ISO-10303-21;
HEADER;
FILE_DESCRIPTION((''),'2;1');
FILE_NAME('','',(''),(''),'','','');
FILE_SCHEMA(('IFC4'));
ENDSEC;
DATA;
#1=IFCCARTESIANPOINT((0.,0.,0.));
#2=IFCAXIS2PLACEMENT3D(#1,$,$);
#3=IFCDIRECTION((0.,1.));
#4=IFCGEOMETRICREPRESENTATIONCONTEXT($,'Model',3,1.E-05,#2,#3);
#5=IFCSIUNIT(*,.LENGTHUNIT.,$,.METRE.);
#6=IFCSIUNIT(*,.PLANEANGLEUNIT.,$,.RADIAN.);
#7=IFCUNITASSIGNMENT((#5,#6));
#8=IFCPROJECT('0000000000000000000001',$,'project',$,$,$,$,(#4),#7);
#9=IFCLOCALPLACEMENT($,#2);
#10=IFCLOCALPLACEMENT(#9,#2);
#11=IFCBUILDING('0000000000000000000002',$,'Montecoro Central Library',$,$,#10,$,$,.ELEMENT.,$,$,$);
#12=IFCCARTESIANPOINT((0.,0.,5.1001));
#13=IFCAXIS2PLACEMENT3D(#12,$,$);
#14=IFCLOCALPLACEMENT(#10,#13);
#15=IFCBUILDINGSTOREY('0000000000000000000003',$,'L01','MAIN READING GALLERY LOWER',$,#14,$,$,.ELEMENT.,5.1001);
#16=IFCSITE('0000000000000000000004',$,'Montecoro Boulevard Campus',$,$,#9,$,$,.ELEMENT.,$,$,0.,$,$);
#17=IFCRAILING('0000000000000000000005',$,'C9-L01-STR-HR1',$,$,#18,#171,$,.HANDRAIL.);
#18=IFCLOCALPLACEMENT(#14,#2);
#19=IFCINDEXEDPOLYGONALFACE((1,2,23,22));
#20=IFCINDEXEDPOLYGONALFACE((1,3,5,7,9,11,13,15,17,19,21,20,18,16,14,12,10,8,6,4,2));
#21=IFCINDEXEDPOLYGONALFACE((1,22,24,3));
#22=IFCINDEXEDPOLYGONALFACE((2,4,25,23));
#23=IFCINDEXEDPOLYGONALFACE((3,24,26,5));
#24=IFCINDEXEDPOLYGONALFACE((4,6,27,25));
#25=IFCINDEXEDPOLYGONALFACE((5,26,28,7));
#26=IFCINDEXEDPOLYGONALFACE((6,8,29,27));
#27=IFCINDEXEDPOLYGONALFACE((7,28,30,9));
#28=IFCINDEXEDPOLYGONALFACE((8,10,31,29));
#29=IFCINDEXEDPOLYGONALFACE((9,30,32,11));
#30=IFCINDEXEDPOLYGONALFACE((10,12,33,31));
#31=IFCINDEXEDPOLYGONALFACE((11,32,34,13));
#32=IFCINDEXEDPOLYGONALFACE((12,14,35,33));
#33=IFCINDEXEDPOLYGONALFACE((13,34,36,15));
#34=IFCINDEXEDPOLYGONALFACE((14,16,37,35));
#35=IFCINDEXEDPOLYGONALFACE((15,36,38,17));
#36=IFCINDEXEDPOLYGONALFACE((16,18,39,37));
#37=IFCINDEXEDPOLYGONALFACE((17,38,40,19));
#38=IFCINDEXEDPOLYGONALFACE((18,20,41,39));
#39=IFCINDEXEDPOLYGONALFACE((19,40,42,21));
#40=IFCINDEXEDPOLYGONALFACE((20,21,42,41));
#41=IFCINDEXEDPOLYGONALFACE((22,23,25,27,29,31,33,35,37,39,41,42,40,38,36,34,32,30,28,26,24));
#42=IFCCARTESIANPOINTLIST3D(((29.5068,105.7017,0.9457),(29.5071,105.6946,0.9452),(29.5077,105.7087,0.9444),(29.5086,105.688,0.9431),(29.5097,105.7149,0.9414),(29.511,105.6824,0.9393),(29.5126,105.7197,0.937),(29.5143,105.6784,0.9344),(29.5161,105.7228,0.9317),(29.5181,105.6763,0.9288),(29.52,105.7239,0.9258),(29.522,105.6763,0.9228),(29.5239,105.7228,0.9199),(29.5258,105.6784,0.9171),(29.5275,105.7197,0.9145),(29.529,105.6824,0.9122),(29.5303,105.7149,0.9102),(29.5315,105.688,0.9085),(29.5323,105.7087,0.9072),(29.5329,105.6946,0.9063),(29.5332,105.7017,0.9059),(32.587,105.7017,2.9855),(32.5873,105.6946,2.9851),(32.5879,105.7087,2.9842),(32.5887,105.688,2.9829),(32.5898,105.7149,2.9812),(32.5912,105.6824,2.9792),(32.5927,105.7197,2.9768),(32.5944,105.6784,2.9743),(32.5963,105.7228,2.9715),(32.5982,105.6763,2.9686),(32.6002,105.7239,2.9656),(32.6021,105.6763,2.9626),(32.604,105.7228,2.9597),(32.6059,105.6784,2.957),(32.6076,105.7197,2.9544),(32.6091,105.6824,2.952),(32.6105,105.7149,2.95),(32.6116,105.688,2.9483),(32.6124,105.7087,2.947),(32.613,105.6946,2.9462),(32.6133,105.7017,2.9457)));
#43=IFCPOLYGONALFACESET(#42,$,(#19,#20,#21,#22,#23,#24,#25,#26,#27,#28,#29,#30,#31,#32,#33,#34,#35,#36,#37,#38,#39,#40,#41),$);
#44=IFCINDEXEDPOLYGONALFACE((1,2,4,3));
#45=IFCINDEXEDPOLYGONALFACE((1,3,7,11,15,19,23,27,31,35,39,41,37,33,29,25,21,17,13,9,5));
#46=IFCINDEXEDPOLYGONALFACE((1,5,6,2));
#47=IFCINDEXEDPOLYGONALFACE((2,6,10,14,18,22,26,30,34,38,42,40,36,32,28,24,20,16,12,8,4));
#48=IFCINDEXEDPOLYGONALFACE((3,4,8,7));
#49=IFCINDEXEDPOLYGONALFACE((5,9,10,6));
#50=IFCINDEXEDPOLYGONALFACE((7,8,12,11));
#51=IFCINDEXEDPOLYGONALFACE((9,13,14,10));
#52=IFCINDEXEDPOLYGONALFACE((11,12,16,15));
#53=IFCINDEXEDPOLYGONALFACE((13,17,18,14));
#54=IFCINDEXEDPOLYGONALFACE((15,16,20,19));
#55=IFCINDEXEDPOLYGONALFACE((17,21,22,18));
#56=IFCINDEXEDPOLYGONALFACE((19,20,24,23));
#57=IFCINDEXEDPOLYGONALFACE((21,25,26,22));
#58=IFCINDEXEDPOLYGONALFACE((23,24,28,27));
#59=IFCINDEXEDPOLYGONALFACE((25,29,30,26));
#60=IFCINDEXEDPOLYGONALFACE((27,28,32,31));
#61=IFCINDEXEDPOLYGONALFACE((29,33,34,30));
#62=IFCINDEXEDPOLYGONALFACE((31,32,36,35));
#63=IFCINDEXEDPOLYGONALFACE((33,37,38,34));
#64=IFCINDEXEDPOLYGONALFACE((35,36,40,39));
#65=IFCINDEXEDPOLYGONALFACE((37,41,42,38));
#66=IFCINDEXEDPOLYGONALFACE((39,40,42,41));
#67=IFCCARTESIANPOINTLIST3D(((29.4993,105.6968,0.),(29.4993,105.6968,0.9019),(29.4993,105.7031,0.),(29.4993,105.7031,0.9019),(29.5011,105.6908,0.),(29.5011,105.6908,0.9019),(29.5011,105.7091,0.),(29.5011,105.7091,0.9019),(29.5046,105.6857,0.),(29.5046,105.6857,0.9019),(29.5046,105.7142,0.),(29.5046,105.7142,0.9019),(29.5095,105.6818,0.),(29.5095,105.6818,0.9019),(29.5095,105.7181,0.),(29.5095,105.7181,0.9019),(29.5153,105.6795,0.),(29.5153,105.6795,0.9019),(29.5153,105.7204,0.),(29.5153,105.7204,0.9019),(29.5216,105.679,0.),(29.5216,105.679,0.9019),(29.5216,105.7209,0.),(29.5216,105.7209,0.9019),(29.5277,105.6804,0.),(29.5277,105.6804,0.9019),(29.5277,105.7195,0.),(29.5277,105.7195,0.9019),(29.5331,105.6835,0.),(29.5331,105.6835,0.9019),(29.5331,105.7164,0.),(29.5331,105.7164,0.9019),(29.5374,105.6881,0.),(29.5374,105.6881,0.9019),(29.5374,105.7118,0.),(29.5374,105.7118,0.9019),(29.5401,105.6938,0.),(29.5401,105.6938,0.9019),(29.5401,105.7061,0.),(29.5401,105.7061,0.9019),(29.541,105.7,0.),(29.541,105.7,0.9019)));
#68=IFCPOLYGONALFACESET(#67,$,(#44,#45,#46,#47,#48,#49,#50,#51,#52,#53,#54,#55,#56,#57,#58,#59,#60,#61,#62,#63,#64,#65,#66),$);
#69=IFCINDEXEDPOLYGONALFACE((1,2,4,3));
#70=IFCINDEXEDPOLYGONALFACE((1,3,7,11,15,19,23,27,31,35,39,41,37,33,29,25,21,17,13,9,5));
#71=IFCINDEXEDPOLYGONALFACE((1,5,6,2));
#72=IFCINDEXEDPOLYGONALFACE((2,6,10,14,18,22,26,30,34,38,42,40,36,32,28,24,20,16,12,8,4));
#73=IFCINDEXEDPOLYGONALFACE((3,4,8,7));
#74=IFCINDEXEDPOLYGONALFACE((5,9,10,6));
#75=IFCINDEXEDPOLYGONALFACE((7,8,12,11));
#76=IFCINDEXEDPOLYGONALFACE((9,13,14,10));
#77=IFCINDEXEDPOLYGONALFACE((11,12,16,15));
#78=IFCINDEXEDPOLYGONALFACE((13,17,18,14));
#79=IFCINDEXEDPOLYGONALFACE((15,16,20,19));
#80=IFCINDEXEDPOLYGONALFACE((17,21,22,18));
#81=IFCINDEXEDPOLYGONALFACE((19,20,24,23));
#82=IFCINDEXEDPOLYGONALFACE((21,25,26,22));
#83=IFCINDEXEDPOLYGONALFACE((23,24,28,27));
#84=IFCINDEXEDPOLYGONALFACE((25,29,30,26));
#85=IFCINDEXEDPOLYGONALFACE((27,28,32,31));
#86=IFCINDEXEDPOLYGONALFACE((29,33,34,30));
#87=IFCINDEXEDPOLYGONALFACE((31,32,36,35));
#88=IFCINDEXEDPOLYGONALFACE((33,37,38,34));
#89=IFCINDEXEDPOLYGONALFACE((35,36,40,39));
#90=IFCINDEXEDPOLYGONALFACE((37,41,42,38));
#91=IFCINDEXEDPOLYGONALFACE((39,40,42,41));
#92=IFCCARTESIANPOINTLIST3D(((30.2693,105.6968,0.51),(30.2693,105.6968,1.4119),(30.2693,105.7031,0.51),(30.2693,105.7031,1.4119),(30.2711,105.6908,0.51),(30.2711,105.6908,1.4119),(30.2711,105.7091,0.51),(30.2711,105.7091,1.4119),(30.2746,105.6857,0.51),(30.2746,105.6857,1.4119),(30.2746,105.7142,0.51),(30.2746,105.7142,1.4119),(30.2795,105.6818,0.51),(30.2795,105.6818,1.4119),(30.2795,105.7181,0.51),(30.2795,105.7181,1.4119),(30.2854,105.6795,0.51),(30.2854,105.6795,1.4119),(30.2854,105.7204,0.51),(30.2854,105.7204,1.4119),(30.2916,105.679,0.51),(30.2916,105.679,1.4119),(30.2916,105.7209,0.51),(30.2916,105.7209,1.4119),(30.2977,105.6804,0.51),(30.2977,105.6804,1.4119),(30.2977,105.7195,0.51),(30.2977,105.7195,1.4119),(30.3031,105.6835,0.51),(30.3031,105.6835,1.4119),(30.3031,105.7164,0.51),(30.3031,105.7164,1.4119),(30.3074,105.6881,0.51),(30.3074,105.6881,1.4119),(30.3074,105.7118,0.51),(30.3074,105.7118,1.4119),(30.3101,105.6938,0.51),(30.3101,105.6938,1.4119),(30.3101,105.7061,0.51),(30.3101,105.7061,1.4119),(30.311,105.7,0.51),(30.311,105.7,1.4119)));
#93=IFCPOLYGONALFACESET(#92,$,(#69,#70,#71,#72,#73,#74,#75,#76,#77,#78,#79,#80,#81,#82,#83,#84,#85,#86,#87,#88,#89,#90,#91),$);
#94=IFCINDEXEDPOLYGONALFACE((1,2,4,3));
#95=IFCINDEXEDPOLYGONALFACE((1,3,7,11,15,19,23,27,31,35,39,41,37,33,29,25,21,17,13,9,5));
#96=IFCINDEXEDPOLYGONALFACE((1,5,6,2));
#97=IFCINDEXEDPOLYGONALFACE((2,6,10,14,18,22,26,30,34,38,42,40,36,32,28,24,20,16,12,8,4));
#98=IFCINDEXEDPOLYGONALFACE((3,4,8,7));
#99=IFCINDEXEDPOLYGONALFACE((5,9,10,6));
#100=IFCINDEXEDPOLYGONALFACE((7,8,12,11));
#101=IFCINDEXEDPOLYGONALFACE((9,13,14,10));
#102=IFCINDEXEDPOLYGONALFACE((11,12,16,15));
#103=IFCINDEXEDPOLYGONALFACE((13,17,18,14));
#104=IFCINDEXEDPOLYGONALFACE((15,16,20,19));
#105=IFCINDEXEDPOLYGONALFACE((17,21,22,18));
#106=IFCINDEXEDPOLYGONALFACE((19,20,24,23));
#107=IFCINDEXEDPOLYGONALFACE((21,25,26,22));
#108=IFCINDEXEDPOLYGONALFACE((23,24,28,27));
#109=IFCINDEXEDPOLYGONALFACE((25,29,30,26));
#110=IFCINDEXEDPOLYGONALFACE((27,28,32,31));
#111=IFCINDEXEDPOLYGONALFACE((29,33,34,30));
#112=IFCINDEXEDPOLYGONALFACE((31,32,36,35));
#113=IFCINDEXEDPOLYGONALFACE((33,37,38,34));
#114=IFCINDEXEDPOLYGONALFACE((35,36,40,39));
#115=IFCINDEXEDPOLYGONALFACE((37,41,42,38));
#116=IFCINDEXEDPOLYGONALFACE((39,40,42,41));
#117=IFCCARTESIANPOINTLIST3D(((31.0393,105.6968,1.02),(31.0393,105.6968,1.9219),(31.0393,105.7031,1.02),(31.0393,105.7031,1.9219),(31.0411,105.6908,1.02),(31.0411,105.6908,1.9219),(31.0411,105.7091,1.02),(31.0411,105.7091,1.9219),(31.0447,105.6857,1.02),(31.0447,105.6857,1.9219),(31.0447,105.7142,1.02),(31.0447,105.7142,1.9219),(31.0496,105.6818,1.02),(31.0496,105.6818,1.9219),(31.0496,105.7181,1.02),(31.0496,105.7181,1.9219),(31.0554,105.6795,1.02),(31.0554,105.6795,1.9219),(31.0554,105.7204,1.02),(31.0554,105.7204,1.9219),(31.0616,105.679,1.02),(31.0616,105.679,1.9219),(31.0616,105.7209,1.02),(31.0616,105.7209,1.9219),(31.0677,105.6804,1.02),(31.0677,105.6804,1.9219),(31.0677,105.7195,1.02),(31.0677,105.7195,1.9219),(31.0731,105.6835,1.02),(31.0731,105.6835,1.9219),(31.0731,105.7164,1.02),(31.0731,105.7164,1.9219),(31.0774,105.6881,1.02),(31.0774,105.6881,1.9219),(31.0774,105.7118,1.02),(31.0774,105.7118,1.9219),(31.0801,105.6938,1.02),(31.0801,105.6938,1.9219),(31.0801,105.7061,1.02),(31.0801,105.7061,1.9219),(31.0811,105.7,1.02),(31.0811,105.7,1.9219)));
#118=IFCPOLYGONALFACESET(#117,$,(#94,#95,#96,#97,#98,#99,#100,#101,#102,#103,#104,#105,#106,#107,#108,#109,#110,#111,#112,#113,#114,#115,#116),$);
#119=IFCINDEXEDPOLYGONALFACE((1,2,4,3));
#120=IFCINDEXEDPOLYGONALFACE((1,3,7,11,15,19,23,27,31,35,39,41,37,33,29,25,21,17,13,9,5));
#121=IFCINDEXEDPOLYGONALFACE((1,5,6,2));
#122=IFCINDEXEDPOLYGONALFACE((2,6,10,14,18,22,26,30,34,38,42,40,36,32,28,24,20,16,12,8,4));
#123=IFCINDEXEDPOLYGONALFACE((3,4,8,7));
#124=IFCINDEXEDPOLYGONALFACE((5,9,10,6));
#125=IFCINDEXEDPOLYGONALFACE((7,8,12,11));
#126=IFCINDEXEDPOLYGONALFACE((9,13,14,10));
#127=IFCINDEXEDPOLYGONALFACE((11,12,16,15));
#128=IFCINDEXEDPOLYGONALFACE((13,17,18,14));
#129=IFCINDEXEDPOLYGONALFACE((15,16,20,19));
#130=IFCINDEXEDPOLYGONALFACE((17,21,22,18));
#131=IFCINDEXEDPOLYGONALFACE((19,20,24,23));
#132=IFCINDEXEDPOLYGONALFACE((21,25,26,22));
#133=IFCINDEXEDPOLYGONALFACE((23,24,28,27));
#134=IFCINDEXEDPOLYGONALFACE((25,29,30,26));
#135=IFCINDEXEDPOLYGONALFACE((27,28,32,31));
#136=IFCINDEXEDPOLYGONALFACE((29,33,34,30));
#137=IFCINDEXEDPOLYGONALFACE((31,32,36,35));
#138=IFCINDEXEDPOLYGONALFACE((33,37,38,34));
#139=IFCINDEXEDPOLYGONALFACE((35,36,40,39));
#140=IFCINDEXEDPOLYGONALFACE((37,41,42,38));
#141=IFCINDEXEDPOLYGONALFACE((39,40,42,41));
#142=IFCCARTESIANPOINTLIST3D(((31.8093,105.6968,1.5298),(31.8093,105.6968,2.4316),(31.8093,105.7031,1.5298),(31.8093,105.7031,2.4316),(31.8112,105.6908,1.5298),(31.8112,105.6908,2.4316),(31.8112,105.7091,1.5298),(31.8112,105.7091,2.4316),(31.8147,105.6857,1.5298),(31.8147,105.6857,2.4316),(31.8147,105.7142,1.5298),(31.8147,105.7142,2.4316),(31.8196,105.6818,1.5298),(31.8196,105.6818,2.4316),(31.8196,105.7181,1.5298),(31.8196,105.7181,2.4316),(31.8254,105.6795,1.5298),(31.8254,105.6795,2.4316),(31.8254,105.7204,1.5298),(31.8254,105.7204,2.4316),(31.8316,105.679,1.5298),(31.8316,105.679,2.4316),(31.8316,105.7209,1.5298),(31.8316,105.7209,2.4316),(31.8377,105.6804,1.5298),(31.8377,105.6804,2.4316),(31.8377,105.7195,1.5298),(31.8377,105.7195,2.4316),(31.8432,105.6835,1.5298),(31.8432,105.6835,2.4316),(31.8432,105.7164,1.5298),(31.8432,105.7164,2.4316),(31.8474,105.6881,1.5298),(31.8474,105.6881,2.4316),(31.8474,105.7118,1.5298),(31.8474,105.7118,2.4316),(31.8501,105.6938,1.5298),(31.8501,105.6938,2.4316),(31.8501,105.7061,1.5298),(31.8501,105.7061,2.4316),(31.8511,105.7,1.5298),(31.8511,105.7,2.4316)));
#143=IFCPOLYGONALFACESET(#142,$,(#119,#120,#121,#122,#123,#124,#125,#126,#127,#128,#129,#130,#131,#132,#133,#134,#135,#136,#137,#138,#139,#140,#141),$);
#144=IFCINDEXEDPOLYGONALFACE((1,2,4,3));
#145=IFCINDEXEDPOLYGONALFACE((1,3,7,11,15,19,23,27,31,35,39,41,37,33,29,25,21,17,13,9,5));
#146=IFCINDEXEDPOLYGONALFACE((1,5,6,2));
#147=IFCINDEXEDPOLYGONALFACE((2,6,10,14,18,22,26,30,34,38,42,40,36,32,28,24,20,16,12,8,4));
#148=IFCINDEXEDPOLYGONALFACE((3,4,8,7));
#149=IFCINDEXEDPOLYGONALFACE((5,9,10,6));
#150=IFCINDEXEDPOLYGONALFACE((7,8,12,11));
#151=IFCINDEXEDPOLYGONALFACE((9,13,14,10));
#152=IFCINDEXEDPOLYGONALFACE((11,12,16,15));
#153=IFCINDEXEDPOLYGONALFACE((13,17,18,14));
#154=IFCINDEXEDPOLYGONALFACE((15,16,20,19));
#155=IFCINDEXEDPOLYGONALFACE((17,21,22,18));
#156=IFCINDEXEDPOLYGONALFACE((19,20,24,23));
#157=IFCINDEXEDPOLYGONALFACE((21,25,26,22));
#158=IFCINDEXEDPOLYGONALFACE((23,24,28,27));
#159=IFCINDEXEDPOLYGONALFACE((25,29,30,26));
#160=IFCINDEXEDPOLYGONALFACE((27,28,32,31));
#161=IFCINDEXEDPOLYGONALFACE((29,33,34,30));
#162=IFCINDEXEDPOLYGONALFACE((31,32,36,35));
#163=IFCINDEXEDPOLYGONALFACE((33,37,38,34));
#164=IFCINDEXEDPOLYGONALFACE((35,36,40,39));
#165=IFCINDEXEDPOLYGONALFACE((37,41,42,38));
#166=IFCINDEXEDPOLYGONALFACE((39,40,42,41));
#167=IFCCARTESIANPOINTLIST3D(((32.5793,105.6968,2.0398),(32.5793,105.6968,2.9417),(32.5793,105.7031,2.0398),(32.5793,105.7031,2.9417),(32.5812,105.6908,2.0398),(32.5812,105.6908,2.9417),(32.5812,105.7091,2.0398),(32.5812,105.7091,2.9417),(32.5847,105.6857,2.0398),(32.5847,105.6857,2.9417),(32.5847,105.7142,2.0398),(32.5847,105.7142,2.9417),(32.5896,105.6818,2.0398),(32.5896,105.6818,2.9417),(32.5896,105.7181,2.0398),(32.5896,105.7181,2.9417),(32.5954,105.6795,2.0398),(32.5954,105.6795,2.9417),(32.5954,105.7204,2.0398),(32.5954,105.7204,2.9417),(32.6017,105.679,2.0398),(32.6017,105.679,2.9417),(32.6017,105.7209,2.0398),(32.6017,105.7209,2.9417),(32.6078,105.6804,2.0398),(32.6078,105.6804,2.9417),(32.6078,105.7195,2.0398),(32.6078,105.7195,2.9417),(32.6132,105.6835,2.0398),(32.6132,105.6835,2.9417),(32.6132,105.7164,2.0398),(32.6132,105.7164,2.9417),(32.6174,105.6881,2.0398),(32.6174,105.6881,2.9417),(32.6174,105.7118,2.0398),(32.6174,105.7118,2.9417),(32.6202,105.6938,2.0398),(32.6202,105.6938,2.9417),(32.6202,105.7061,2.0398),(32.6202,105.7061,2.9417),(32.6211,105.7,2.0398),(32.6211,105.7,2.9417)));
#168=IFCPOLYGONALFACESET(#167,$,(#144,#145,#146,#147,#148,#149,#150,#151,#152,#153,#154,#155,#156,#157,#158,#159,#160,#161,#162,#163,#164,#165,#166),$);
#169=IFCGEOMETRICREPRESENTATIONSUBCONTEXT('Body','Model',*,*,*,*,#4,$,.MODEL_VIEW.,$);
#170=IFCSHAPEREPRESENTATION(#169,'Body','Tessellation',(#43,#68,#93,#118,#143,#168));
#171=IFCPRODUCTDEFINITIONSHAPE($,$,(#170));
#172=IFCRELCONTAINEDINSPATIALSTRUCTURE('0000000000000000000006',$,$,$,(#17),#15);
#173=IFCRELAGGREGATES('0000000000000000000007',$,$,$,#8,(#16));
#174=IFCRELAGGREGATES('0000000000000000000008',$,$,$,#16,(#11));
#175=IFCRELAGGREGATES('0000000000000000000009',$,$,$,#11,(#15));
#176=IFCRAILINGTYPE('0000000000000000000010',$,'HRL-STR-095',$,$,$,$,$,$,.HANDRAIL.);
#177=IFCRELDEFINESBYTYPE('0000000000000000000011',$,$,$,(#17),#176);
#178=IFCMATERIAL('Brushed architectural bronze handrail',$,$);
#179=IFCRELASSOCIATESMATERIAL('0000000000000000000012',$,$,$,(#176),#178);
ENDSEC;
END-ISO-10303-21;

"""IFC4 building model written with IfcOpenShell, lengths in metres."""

from ifc_helpers import new_model, si_unit, direction, frame, origin, origin_2d, place, context, subcontext, project, spatial, circle, extrude, material, type_object, element, save


model = new_model("IFC4")

# Units and contexts
model_context = context("Model", 3, precision=1e-05, world=origin(), true_north=direction((0.0, 1.0)))
body_context = subcontext(model_context, "Body", "Model", "MODEL_VIEW")
ifc_project = project(units=[si_unit("LENGTHUNIT", "METRE"), si_unit("PLANEANGLEUNIT", "RADIAN")], contexts=[model_context])

# Site, building, storey
site_placement = place(None, origin())
site = spatial("IfcSite", under=ifc_project, at=site_placement, Name="Montecoro Boulevard Campus", CompositionType="ELEMENT", RefElevation=0.0)
building_placement = place(site_placement, origin())
building = spatial("IfcBuilding", under=site, at=building_placement, Name="Montecoro Central Library", CompositionType="ELEMENT")
storey_placement = place(building_placement, frame((0.0, 0.0, 5.1001)))
storey = spatial("IfcBuildingStorey", under=building, at=storey_placement, Name="L01", Description="MAIN READING GALLERY LOWER", CompositionType="ELEMENT", Elevation=5.1001)

# Railing
ifc_material_1 = material(Name="Brushed architectural bronze handrail")
railing_type_1 = type_object("IfcRailingType", Name="HRL-STR-095", PredefinedType="HANDRAIL", material=ifc_material_1)
railing_1_placement = place(storey_placement, frame((29.52, 105.7, 0.0)))
element("IfcRailing", 1, at=railing_1_placement, inside=storey, type_object=railing_type_1, Name="C9-L01-STR-HR1", PredefinedType="HANDRAIL", context=body_context, shape_type="SweptSolid", body=[
    extrude(circle(Radius=0.0239, at=origin_2d()), frame((0.0, 0.0, 0.9258), z_axis=(0.833744, 0.0, 0.552151), x_axis=(0.0, 1.0, 0.0)), (0.0, 0.0, 1.0), 3.6943),
    extrude(circle(Radius=0.021, at=origin_2d()), origin(), (0.0, 0.0, 1.0), 0.9019),
    extrude(circle(Radius=0.021, at=origin_2d()), frame((0.77, 0.0, 0.51)), (0.0, 0.0, 1.0), 0.9019),
    extrude(circle(Radius=0.021, at=origin_2d()), frame((1.54, 0.0, 1.02)), (0.0, 0.0, 1.0), 0.9019),
    extrude(circle(Radius=0.021, at=origin_2d()), frame((2.3101, 0.0, 1.5298)), (0.0, 0.0, 1.0), 0.9019),
    extrude(circle(Radius=0.021, at=origin_2d()), frame((3.0801, 0.0, 2.0398)), (0.0, 0.0, 1.0), 0.9019),
])

save(model, "model.ifc")
